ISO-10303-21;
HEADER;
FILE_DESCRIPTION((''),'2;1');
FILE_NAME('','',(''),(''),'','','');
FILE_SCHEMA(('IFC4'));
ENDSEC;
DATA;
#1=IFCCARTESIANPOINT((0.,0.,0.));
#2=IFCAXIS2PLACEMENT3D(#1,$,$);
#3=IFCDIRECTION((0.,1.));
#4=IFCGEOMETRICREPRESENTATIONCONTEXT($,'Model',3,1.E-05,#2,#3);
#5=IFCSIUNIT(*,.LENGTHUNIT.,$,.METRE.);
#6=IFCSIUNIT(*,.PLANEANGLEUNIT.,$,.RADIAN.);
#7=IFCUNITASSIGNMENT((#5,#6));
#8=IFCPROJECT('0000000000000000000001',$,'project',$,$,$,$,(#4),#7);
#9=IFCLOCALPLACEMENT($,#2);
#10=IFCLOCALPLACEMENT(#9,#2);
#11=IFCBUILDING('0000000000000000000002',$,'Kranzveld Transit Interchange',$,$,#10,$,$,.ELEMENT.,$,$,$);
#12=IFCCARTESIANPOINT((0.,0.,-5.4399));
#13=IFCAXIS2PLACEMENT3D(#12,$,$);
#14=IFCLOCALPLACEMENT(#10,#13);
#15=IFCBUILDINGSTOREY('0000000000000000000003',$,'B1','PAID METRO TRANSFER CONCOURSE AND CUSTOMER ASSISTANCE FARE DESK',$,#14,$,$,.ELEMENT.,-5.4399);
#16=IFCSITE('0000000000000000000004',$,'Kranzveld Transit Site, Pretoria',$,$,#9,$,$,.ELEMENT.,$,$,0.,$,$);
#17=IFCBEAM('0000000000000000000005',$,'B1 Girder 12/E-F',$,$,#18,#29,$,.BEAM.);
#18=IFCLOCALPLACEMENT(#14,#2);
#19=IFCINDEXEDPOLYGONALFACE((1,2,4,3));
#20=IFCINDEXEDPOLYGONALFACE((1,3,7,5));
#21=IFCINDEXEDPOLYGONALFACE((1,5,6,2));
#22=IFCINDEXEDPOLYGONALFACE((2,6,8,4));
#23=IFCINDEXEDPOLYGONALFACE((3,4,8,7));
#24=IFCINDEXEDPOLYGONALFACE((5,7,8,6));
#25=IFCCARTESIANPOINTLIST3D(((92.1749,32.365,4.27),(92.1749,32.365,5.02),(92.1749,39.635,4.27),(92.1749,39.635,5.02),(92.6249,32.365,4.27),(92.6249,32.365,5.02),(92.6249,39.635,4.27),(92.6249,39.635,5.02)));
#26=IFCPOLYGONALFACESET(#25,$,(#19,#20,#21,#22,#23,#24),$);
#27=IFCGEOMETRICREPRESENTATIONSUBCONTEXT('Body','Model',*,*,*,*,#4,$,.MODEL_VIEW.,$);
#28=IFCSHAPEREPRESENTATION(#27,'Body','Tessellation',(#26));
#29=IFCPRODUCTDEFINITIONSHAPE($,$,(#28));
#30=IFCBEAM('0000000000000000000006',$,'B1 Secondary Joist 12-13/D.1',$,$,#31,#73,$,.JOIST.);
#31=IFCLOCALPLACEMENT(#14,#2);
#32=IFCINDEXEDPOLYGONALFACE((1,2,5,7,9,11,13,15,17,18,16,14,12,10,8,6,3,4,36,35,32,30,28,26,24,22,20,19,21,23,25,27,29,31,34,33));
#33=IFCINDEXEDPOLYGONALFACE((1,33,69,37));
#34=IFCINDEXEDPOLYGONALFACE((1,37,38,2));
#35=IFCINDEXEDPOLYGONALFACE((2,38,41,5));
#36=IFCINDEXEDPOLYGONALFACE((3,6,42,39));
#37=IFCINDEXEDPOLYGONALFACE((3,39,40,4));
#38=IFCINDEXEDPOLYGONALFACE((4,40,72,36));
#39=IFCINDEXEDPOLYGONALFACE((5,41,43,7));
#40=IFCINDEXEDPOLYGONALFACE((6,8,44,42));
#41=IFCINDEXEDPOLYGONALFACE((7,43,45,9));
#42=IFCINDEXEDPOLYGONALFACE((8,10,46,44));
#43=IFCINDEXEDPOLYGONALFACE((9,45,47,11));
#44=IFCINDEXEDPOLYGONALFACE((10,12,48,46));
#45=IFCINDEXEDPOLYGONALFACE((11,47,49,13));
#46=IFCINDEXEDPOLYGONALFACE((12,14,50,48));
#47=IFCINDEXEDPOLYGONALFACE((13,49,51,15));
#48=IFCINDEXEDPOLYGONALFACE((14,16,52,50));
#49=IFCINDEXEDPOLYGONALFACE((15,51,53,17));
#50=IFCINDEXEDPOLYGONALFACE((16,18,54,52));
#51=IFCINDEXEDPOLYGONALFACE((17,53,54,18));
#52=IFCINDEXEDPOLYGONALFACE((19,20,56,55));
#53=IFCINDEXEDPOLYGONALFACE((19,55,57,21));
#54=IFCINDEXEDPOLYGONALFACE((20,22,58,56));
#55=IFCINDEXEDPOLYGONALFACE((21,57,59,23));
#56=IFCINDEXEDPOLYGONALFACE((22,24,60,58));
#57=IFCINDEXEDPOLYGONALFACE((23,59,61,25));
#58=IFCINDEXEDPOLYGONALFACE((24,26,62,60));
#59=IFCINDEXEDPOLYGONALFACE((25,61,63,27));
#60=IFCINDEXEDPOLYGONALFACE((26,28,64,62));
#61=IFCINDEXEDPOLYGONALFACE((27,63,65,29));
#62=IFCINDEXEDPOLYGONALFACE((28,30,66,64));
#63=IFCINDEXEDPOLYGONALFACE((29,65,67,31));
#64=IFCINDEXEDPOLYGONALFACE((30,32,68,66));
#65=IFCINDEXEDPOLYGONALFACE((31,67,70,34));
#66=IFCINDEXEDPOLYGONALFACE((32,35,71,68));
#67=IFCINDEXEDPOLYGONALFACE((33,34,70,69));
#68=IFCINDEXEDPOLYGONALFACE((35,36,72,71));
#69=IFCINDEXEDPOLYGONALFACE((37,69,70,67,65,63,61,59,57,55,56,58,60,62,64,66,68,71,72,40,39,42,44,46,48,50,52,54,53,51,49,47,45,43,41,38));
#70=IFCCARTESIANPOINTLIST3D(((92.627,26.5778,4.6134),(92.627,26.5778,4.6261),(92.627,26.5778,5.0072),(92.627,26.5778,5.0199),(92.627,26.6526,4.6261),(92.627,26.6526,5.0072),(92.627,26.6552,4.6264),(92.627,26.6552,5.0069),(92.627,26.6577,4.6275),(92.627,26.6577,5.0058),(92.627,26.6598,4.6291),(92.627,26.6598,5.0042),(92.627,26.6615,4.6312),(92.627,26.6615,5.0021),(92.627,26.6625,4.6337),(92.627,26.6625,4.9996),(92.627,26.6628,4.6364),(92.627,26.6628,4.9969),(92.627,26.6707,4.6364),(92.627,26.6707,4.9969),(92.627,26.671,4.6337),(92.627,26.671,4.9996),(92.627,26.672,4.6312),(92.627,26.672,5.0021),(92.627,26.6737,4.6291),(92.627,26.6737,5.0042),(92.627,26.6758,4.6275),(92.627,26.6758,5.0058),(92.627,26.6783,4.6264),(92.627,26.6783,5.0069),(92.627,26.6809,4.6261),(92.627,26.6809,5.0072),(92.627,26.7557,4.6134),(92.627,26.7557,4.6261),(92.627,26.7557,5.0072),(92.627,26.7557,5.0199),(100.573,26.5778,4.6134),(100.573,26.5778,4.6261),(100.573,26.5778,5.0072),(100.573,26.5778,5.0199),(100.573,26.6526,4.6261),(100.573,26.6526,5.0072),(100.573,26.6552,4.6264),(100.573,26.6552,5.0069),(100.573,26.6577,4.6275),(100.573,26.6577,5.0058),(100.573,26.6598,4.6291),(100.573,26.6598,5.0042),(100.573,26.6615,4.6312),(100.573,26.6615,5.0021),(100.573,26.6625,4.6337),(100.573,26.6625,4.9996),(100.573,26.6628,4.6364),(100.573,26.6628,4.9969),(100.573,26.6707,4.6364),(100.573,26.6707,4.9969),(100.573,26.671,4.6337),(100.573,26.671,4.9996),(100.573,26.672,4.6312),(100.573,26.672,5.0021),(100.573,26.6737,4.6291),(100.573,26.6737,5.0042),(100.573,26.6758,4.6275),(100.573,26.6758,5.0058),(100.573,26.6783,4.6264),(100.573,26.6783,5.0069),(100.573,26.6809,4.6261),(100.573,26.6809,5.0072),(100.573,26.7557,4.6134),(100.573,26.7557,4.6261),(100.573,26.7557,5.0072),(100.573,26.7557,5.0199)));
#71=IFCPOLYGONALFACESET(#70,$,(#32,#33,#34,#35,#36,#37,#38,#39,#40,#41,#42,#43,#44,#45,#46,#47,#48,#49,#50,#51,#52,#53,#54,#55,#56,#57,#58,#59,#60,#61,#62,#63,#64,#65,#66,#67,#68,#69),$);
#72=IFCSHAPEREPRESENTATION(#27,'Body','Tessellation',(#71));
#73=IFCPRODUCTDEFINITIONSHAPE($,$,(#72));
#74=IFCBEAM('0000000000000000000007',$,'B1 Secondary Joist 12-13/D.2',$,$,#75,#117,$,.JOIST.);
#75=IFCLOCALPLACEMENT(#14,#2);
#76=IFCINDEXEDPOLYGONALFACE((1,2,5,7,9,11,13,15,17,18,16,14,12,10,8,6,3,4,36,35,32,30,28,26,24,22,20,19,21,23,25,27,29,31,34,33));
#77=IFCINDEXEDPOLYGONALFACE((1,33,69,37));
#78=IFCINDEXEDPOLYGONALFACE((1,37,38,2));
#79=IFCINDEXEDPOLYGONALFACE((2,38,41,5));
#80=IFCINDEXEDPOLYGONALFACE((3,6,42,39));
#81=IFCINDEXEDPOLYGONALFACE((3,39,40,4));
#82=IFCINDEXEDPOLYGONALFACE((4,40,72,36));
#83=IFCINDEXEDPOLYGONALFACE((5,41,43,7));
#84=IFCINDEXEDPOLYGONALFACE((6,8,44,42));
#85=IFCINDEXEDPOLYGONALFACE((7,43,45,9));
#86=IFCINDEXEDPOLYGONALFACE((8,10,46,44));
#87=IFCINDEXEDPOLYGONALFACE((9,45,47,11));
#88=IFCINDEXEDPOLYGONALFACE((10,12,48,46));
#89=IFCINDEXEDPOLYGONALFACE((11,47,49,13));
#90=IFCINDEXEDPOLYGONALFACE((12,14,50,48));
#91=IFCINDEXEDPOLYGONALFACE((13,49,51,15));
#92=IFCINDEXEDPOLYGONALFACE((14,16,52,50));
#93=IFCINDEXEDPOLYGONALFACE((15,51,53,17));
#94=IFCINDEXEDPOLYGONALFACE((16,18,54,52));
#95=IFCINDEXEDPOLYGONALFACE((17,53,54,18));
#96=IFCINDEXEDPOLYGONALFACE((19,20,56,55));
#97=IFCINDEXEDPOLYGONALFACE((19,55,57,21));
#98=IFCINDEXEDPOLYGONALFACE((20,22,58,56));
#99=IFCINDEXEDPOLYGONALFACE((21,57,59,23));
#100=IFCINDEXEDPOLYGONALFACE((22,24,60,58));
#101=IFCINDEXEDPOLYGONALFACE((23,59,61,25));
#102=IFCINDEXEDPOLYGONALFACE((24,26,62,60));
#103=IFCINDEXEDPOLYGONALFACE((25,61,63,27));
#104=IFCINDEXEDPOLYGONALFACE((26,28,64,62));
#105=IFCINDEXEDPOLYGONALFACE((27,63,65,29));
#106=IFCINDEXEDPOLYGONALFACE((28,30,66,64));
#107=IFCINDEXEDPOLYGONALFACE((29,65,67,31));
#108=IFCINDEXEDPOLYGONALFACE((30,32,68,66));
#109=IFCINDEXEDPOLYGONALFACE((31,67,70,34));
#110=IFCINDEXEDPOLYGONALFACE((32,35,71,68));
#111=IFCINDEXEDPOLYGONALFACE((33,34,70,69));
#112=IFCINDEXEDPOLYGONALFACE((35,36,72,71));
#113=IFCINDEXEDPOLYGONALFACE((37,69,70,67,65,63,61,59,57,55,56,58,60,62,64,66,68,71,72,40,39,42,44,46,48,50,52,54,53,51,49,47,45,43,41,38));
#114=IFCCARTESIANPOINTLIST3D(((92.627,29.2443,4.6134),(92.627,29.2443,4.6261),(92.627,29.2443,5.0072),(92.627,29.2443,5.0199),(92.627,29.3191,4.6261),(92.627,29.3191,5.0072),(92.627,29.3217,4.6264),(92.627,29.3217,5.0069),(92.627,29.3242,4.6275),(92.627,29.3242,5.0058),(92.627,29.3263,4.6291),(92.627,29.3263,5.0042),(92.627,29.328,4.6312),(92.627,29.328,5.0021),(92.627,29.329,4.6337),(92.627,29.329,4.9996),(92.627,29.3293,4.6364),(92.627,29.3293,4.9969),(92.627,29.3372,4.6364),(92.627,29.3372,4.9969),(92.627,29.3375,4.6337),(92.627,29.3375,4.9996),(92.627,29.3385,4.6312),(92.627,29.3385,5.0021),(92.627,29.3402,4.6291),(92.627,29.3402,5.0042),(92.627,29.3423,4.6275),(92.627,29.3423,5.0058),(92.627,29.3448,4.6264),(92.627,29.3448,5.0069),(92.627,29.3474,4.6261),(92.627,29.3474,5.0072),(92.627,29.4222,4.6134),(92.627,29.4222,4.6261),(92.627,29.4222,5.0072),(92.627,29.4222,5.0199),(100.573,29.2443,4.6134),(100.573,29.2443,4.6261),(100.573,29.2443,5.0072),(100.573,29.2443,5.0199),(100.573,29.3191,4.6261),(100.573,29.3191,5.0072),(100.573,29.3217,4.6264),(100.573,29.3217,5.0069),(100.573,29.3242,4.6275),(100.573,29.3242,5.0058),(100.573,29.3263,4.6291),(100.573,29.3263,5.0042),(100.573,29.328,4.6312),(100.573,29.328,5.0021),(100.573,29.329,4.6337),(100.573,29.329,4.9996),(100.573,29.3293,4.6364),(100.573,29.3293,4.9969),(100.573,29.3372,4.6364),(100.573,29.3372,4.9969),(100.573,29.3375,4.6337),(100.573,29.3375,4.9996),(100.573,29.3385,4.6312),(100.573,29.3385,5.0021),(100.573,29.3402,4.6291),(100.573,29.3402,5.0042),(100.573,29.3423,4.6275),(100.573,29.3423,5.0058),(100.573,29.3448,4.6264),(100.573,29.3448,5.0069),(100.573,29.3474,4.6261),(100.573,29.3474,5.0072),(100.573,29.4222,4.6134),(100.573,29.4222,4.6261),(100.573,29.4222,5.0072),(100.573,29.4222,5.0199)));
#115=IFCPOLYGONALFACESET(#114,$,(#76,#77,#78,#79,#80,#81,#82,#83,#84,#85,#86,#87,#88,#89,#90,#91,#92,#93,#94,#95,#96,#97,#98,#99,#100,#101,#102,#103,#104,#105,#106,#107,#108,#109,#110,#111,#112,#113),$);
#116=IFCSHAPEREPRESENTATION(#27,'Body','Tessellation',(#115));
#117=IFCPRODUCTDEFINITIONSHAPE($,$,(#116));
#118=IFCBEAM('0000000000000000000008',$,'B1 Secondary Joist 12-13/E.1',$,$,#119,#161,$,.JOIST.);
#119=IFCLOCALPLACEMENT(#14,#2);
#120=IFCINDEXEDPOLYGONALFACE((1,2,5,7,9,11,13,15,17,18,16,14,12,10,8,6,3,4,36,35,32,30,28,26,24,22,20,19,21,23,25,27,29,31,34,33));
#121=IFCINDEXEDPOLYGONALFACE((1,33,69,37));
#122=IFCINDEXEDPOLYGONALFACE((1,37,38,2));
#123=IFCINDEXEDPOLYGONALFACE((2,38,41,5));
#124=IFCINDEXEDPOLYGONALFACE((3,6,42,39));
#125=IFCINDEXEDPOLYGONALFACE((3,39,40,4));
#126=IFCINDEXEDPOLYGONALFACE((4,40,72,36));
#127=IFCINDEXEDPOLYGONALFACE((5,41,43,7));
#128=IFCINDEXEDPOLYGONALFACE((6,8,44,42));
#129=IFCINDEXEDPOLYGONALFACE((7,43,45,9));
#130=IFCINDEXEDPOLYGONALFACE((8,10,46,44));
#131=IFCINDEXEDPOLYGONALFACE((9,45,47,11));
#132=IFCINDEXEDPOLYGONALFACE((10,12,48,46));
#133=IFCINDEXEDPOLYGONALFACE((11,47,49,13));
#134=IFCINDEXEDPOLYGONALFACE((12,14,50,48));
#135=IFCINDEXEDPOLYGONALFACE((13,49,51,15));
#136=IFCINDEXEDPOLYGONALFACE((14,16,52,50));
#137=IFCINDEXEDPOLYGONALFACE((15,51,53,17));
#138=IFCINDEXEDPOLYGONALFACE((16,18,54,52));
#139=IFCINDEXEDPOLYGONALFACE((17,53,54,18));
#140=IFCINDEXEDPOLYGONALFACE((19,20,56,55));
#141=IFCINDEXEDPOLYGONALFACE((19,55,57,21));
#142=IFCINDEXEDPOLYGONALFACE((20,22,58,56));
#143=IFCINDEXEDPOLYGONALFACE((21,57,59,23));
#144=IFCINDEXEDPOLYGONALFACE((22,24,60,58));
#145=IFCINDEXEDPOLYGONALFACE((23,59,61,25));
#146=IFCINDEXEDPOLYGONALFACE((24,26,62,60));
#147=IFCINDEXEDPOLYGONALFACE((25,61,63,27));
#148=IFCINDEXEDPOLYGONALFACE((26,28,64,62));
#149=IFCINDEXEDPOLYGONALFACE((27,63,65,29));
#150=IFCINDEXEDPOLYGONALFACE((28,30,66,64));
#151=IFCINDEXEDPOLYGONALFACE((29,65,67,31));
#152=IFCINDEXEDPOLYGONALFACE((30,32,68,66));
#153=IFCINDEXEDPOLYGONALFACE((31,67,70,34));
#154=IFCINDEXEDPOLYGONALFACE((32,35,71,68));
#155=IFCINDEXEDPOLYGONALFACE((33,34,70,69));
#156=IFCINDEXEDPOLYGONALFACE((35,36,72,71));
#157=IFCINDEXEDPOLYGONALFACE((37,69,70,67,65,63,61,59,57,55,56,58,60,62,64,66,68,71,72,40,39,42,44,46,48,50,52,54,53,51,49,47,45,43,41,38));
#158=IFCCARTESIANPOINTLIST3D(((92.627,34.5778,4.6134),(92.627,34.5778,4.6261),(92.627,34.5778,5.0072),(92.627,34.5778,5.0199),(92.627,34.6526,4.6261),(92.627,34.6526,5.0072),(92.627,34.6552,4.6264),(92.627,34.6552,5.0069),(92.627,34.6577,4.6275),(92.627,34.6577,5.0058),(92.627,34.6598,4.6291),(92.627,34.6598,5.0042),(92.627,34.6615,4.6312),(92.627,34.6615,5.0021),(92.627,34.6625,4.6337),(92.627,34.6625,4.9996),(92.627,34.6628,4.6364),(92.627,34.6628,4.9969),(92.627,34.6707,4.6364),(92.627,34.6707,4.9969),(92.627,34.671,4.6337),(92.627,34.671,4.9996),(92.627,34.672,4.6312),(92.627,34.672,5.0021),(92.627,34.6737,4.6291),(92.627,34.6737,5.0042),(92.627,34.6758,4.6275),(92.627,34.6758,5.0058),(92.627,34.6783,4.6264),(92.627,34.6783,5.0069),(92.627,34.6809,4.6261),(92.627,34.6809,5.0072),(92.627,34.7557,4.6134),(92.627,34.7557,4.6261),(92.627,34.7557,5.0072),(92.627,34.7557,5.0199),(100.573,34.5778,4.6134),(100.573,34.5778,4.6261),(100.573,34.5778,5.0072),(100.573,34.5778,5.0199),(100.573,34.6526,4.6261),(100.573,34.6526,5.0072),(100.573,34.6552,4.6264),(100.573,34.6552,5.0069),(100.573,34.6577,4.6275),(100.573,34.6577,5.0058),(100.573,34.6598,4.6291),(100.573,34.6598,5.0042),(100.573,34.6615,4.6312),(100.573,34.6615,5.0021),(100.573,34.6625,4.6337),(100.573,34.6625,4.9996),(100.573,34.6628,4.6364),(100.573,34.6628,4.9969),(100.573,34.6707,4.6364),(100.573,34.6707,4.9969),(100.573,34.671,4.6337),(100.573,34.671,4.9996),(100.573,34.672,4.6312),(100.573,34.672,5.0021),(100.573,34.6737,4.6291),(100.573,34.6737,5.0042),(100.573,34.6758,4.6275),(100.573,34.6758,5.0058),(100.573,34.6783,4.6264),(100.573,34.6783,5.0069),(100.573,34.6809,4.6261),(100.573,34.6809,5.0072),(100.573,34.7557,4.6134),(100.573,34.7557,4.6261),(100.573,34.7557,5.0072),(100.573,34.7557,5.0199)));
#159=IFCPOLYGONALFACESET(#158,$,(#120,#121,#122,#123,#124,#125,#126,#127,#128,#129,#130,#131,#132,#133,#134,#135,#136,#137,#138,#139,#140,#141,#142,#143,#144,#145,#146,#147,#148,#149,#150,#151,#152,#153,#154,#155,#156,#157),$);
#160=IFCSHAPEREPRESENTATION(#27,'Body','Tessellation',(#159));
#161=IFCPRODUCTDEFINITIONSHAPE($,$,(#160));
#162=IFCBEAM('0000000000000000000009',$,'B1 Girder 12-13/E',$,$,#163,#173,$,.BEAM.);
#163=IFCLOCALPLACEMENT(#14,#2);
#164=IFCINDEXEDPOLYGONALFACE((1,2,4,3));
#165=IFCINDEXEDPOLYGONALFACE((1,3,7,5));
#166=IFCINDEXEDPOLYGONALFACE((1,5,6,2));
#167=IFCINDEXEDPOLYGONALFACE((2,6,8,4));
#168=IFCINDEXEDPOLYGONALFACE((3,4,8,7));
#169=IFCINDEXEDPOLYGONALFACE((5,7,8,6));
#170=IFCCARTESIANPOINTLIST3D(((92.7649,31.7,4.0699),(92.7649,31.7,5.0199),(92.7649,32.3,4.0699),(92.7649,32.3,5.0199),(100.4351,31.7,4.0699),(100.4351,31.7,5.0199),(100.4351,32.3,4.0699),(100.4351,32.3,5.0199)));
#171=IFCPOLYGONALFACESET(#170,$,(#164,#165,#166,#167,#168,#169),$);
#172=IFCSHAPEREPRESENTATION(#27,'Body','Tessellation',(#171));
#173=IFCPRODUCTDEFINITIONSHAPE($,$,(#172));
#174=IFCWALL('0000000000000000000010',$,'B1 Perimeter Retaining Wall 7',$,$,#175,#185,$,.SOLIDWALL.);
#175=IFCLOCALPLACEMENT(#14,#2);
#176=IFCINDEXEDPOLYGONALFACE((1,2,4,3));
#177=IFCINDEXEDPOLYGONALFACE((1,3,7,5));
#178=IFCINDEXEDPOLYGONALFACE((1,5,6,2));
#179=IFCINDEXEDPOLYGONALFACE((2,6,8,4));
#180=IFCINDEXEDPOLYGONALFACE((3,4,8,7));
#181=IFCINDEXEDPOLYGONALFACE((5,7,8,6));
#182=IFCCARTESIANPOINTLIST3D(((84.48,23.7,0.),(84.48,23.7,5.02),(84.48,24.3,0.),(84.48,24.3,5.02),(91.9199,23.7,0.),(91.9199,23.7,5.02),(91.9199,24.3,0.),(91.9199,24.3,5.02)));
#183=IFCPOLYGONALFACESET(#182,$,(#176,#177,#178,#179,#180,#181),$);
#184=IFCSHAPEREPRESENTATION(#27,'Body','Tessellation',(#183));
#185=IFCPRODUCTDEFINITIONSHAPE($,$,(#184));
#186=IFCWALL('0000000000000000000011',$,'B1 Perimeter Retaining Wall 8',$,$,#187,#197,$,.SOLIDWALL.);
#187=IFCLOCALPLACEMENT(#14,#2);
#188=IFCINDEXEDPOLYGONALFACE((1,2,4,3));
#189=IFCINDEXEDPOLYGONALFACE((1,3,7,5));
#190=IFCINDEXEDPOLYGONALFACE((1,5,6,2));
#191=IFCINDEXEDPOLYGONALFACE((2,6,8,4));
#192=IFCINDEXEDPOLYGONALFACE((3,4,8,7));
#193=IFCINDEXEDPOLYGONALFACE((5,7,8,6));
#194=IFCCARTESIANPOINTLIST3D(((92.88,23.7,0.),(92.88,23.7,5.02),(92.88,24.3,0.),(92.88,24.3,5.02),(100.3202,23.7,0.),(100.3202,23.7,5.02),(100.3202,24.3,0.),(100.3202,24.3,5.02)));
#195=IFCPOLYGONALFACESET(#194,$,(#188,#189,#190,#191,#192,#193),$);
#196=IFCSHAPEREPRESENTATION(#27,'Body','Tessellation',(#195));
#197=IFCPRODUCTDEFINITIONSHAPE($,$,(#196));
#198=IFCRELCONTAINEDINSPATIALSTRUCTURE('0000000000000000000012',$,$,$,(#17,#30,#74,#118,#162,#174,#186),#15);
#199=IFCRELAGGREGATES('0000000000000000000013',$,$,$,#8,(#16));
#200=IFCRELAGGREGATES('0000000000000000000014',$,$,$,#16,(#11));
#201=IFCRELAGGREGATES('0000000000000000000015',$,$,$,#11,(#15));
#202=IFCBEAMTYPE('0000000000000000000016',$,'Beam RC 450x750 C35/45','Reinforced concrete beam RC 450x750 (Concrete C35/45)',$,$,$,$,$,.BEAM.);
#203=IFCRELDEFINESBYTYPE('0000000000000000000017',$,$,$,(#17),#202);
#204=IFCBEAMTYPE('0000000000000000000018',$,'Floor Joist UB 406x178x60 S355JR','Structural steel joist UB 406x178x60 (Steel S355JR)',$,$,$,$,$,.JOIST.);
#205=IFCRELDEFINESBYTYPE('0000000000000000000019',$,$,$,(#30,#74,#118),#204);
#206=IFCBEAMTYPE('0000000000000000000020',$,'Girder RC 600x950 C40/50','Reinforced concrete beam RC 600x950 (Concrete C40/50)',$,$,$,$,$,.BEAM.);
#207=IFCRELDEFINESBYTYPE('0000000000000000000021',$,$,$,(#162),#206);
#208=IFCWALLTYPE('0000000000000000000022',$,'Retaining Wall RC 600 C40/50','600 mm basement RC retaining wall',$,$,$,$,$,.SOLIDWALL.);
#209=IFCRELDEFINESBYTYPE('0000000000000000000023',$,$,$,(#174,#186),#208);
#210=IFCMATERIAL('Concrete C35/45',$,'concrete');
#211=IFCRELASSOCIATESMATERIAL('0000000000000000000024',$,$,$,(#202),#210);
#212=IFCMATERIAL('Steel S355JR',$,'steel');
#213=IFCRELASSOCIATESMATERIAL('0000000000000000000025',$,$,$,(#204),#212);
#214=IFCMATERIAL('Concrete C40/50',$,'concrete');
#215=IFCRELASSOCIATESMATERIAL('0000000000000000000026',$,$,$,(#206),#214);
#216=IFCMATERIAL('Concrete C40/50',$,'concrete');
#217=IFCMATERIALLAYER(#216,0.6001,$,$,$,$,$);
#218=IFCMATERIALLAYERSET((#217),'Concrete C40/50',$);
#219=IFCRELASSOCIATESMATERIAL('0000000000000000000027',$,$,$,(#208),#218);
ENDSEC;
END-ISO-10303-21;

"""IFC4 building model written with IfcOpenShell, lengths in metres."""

from ifc_helpers import new_model, si_unit, direction, frame, frame_2d, origin, origin_2d, place, context, subcontext, project, spatial, rectangle, i_section, extrude, material, layer, layer_set, material_profile, profile_set, type_object, element, save


model = new_model("IFC4")

# Units and contexts
model_context = context("Model", 3, precision=1e-05, world=origin(), true_north=direction((0.0, 1.0)))
body_context = subcontext(model_context, "Body", "Model", "MODEL_VIEW")
ifc_project = project(units=[si_unit("LENGTHUNIT", "METRE"), si_unit("PLANEANGLEUNIT", "RADIAN")], contexts=[model_context])

# Site, building, storey
site_placement = place(None, origin())
site = spatial("IfcSite", under=ifc_project, at=site_placement, Name="Kranzveld Transit Site, Pretoria", CompositionType="ELEMENT", RefElevation=0.0)
building_placement = place(site_placement, origin())
building = spatial("IfcBuilding", under=site, at=building_placement, Name="Kranzveld Transit Interchange", CompositionType="ELEMENT")
storey_placement = place(building_placement, frame((0.0, 0.0, -5.4399)))
storey = spatial("IfcBuildingStorey", under=building, at=storey_placement, Name="B1", Description="PAID METRO TRANSFER CONCOURSE AND CUSTOMER ASSISTANCE FARE DESK", CompositionType="ELEMENT", Elevation=-5.4399)

# Beams
ifc_material_1 = material(Name="Concrete C35/45", Category="concrete")
ifc_material_profile_1 = material_profile(ifc_material_1, rectangle(XDim=0.45, YDim=0.75, at=origin_2d()), Name="RC 450x750")
ifc_profile_set_1 = profile_set([ifc_material_profile_1], Name="Concrete C35/45")
beam_type_1 = type_object("IfcBeamType", Name="Beam RC 450x750 C35/45", Description="Reinforced concrete beam RC 450x750 (Concrete C35/45)", PredefinedType="BEAM", material=ifc_profile_set_1)
beam_1_placement = place(storey_placement, frame((92.3999, 32.365, 4.645), z_axis=(0.0, 1.0, 0.0), x_axis=(-1.0, 0.0, 0.0)))
element("IfcBeam", 1, at=beam_1_placement, inside=storey, type_object=beam_type_1, Name="B1 Girder 12/E-F", PredefinedType="BEAM", context=body_context, shape_type="SweptSolid", body=[
    extrude(rectangle(XDim=0.45, YDim=0.75, at=origin_2d()), origin(), (0.0, 0.0, 1.0), 7.27),
])
ifc_material_2 = material(Name="Steel S355JR", Category="steel")
ifc_material_profile_2 = material_profile(ifc_material_2, i_section(OverallWidth=0.178, OverallDepth=0.4065, WebThickness=0.0078, FlangeThickness=0.0127, FilletRadius=0.0103, at=origin_2d()), Name="UB 406x178x60")
ifc_profile_set_2 = profile_set([ifc_material_profile_2], Name="Steel S355JR")
beam_type_2 = type_object("IfcBeamType", Name="Floor Joist UB 406x178x60 S355JR", Description="Structural steel joist UB 406x178x60 (Steel S355JR)", PredefinedType="JOIST", material=ifc_profile_set_2)
for number, where, z_axis, x_axis, name in (
    (2, (92.627, 26.6667, 4.8167), (1.0, 0.0, 0.0), (0.0, 1.0, 0.0), "B1 Secondary Joist 12-13/D.1"),
    (3, (92.627, 29.3333, 4.8167), (1.0, 0.0, 0.0), (0.0, 1.0, 0.0), "B1 Secondary Joist 12-13/D.2"),
    (4, (92.627, 34.6667, 4.8167), (1.0, 0.0, 0.0), (0.0, 1.0, 0.0), "B1 Secondary Joist 12-13/E.1"),
):
    element("IfcBeam", number, at=place(storey_placement, frame(where, z_axis=z_axis, x_axis=x_axis)), inside=storey, type_object=beam_type_2, Name=name, PredefinedType="JOIST", context=body_context, shape_type="SweptSolid", body=[
        extrude(i_section(OverallWidth=0.178, OverallDepth=0.4065, WebThickness=0.0078, FlangeThickness=0.0127, FilletRadius=0.0103, at=origin_2d()), origin(), (0.0, 0.0, 1.0), 7.946),
    ])
ifc_material_3 = material(Name="Concrete C40/50", Category="concrete")
ifc_material_profile_3 = material_profile(ifc_material_3, rectangle(XDim=0.6001, YDim=0.95, at=origin_2d()), Name="RC 600x950")
ifc_profile_set_3 = profile_set([ifc_material_profile_3], Name="Concrete C40/50")
beam_type_3 = type_object("IfcBeamType", Name="Girder RC 600x950 C40/50", Description="Reinforced concrete beam RC 600x950 (Concrete C40/50)", PredefinedType="BEAM", material=ifc_profile_set_3)
beam_2_placement = place(storey_placement, frame((92.7649, 32.0, 4.5449), z_axis=(1.0, 0.0, 0.0), x_axis=(0.0, 1.0, 0.0)))
element("IfcBeam", 5, at=beam_2_placement, inside=storey, type_object=beam_type_3, Name="B1 Girder 12-13/E", PredefinedType="BEAM", context=body_context, shape_type="SweptSolid", body=[
    extrude(rectangle(XDim=0.6001, YDim=0.95, at=origin_2d()), origin(), (0.0, 0.0, 1.0), 7.6702),
])

# Walls
ifc_material_4 = material(Name="Concrete C40/50", Category="concrete")
ifc_layer_1 = layer(ifc_material_4, 0.6001)
ifc_layer_set_1 = layer_set([ifc_layer_1], Name="Concrete C40/50")
wall_type_1 = type_object("IfcWallType", Name="Retaining Wall RC 600 C40/50", Description="600 mm basement RC retaining wall", PredefinedType="SOLIDWALL", material=ifc_layer_set_1)
wall_1_placement = place(storey_placement, frame((84.48, 24.0, 0.0), z_axis=(0.0, 0.0, 1.0), x_axis=(1.0, 0.0, 0.0)))
element("IfcWall", 6, at=wall_1_placement, inside=storey, type_object=wall_type_1, Name="B1 Perimeter Retaining Wall 7", PredefinedType="SOLIDWALL", context=body_context, shape_type="SweptSolid", body=[
    extrude(rectangle(XDim=7.4399, YDim=0.6001, at=frame_2d((3.72, 0.0))), origin(), (0.0, 0.0, 1.0), 5.02),
])
wall_2_placement = place(storey_placement, frame((92.8799, 24.0, 0.0), z_axis=(0.0, 0.0, 1.0), x_axis=(1.0, 0.0, 0.0)))
element("IfcWall", 7, at=wall_2_placement, inside=storey, type_object=wall_type_1, Name="B1 Perimeter Retaining Wall 8", PredefinedType="SOLIDWALL", context=body_context, shape_type="SweptSolid", body=[
    extrude(rectangle(XDim=7.4402, YDim=0.6001, at=frame_2d((3.7202, 0.0))), origin(), (0.0, 0.0, 1.0), 5.02),
])

save(model, "model.ifc")
